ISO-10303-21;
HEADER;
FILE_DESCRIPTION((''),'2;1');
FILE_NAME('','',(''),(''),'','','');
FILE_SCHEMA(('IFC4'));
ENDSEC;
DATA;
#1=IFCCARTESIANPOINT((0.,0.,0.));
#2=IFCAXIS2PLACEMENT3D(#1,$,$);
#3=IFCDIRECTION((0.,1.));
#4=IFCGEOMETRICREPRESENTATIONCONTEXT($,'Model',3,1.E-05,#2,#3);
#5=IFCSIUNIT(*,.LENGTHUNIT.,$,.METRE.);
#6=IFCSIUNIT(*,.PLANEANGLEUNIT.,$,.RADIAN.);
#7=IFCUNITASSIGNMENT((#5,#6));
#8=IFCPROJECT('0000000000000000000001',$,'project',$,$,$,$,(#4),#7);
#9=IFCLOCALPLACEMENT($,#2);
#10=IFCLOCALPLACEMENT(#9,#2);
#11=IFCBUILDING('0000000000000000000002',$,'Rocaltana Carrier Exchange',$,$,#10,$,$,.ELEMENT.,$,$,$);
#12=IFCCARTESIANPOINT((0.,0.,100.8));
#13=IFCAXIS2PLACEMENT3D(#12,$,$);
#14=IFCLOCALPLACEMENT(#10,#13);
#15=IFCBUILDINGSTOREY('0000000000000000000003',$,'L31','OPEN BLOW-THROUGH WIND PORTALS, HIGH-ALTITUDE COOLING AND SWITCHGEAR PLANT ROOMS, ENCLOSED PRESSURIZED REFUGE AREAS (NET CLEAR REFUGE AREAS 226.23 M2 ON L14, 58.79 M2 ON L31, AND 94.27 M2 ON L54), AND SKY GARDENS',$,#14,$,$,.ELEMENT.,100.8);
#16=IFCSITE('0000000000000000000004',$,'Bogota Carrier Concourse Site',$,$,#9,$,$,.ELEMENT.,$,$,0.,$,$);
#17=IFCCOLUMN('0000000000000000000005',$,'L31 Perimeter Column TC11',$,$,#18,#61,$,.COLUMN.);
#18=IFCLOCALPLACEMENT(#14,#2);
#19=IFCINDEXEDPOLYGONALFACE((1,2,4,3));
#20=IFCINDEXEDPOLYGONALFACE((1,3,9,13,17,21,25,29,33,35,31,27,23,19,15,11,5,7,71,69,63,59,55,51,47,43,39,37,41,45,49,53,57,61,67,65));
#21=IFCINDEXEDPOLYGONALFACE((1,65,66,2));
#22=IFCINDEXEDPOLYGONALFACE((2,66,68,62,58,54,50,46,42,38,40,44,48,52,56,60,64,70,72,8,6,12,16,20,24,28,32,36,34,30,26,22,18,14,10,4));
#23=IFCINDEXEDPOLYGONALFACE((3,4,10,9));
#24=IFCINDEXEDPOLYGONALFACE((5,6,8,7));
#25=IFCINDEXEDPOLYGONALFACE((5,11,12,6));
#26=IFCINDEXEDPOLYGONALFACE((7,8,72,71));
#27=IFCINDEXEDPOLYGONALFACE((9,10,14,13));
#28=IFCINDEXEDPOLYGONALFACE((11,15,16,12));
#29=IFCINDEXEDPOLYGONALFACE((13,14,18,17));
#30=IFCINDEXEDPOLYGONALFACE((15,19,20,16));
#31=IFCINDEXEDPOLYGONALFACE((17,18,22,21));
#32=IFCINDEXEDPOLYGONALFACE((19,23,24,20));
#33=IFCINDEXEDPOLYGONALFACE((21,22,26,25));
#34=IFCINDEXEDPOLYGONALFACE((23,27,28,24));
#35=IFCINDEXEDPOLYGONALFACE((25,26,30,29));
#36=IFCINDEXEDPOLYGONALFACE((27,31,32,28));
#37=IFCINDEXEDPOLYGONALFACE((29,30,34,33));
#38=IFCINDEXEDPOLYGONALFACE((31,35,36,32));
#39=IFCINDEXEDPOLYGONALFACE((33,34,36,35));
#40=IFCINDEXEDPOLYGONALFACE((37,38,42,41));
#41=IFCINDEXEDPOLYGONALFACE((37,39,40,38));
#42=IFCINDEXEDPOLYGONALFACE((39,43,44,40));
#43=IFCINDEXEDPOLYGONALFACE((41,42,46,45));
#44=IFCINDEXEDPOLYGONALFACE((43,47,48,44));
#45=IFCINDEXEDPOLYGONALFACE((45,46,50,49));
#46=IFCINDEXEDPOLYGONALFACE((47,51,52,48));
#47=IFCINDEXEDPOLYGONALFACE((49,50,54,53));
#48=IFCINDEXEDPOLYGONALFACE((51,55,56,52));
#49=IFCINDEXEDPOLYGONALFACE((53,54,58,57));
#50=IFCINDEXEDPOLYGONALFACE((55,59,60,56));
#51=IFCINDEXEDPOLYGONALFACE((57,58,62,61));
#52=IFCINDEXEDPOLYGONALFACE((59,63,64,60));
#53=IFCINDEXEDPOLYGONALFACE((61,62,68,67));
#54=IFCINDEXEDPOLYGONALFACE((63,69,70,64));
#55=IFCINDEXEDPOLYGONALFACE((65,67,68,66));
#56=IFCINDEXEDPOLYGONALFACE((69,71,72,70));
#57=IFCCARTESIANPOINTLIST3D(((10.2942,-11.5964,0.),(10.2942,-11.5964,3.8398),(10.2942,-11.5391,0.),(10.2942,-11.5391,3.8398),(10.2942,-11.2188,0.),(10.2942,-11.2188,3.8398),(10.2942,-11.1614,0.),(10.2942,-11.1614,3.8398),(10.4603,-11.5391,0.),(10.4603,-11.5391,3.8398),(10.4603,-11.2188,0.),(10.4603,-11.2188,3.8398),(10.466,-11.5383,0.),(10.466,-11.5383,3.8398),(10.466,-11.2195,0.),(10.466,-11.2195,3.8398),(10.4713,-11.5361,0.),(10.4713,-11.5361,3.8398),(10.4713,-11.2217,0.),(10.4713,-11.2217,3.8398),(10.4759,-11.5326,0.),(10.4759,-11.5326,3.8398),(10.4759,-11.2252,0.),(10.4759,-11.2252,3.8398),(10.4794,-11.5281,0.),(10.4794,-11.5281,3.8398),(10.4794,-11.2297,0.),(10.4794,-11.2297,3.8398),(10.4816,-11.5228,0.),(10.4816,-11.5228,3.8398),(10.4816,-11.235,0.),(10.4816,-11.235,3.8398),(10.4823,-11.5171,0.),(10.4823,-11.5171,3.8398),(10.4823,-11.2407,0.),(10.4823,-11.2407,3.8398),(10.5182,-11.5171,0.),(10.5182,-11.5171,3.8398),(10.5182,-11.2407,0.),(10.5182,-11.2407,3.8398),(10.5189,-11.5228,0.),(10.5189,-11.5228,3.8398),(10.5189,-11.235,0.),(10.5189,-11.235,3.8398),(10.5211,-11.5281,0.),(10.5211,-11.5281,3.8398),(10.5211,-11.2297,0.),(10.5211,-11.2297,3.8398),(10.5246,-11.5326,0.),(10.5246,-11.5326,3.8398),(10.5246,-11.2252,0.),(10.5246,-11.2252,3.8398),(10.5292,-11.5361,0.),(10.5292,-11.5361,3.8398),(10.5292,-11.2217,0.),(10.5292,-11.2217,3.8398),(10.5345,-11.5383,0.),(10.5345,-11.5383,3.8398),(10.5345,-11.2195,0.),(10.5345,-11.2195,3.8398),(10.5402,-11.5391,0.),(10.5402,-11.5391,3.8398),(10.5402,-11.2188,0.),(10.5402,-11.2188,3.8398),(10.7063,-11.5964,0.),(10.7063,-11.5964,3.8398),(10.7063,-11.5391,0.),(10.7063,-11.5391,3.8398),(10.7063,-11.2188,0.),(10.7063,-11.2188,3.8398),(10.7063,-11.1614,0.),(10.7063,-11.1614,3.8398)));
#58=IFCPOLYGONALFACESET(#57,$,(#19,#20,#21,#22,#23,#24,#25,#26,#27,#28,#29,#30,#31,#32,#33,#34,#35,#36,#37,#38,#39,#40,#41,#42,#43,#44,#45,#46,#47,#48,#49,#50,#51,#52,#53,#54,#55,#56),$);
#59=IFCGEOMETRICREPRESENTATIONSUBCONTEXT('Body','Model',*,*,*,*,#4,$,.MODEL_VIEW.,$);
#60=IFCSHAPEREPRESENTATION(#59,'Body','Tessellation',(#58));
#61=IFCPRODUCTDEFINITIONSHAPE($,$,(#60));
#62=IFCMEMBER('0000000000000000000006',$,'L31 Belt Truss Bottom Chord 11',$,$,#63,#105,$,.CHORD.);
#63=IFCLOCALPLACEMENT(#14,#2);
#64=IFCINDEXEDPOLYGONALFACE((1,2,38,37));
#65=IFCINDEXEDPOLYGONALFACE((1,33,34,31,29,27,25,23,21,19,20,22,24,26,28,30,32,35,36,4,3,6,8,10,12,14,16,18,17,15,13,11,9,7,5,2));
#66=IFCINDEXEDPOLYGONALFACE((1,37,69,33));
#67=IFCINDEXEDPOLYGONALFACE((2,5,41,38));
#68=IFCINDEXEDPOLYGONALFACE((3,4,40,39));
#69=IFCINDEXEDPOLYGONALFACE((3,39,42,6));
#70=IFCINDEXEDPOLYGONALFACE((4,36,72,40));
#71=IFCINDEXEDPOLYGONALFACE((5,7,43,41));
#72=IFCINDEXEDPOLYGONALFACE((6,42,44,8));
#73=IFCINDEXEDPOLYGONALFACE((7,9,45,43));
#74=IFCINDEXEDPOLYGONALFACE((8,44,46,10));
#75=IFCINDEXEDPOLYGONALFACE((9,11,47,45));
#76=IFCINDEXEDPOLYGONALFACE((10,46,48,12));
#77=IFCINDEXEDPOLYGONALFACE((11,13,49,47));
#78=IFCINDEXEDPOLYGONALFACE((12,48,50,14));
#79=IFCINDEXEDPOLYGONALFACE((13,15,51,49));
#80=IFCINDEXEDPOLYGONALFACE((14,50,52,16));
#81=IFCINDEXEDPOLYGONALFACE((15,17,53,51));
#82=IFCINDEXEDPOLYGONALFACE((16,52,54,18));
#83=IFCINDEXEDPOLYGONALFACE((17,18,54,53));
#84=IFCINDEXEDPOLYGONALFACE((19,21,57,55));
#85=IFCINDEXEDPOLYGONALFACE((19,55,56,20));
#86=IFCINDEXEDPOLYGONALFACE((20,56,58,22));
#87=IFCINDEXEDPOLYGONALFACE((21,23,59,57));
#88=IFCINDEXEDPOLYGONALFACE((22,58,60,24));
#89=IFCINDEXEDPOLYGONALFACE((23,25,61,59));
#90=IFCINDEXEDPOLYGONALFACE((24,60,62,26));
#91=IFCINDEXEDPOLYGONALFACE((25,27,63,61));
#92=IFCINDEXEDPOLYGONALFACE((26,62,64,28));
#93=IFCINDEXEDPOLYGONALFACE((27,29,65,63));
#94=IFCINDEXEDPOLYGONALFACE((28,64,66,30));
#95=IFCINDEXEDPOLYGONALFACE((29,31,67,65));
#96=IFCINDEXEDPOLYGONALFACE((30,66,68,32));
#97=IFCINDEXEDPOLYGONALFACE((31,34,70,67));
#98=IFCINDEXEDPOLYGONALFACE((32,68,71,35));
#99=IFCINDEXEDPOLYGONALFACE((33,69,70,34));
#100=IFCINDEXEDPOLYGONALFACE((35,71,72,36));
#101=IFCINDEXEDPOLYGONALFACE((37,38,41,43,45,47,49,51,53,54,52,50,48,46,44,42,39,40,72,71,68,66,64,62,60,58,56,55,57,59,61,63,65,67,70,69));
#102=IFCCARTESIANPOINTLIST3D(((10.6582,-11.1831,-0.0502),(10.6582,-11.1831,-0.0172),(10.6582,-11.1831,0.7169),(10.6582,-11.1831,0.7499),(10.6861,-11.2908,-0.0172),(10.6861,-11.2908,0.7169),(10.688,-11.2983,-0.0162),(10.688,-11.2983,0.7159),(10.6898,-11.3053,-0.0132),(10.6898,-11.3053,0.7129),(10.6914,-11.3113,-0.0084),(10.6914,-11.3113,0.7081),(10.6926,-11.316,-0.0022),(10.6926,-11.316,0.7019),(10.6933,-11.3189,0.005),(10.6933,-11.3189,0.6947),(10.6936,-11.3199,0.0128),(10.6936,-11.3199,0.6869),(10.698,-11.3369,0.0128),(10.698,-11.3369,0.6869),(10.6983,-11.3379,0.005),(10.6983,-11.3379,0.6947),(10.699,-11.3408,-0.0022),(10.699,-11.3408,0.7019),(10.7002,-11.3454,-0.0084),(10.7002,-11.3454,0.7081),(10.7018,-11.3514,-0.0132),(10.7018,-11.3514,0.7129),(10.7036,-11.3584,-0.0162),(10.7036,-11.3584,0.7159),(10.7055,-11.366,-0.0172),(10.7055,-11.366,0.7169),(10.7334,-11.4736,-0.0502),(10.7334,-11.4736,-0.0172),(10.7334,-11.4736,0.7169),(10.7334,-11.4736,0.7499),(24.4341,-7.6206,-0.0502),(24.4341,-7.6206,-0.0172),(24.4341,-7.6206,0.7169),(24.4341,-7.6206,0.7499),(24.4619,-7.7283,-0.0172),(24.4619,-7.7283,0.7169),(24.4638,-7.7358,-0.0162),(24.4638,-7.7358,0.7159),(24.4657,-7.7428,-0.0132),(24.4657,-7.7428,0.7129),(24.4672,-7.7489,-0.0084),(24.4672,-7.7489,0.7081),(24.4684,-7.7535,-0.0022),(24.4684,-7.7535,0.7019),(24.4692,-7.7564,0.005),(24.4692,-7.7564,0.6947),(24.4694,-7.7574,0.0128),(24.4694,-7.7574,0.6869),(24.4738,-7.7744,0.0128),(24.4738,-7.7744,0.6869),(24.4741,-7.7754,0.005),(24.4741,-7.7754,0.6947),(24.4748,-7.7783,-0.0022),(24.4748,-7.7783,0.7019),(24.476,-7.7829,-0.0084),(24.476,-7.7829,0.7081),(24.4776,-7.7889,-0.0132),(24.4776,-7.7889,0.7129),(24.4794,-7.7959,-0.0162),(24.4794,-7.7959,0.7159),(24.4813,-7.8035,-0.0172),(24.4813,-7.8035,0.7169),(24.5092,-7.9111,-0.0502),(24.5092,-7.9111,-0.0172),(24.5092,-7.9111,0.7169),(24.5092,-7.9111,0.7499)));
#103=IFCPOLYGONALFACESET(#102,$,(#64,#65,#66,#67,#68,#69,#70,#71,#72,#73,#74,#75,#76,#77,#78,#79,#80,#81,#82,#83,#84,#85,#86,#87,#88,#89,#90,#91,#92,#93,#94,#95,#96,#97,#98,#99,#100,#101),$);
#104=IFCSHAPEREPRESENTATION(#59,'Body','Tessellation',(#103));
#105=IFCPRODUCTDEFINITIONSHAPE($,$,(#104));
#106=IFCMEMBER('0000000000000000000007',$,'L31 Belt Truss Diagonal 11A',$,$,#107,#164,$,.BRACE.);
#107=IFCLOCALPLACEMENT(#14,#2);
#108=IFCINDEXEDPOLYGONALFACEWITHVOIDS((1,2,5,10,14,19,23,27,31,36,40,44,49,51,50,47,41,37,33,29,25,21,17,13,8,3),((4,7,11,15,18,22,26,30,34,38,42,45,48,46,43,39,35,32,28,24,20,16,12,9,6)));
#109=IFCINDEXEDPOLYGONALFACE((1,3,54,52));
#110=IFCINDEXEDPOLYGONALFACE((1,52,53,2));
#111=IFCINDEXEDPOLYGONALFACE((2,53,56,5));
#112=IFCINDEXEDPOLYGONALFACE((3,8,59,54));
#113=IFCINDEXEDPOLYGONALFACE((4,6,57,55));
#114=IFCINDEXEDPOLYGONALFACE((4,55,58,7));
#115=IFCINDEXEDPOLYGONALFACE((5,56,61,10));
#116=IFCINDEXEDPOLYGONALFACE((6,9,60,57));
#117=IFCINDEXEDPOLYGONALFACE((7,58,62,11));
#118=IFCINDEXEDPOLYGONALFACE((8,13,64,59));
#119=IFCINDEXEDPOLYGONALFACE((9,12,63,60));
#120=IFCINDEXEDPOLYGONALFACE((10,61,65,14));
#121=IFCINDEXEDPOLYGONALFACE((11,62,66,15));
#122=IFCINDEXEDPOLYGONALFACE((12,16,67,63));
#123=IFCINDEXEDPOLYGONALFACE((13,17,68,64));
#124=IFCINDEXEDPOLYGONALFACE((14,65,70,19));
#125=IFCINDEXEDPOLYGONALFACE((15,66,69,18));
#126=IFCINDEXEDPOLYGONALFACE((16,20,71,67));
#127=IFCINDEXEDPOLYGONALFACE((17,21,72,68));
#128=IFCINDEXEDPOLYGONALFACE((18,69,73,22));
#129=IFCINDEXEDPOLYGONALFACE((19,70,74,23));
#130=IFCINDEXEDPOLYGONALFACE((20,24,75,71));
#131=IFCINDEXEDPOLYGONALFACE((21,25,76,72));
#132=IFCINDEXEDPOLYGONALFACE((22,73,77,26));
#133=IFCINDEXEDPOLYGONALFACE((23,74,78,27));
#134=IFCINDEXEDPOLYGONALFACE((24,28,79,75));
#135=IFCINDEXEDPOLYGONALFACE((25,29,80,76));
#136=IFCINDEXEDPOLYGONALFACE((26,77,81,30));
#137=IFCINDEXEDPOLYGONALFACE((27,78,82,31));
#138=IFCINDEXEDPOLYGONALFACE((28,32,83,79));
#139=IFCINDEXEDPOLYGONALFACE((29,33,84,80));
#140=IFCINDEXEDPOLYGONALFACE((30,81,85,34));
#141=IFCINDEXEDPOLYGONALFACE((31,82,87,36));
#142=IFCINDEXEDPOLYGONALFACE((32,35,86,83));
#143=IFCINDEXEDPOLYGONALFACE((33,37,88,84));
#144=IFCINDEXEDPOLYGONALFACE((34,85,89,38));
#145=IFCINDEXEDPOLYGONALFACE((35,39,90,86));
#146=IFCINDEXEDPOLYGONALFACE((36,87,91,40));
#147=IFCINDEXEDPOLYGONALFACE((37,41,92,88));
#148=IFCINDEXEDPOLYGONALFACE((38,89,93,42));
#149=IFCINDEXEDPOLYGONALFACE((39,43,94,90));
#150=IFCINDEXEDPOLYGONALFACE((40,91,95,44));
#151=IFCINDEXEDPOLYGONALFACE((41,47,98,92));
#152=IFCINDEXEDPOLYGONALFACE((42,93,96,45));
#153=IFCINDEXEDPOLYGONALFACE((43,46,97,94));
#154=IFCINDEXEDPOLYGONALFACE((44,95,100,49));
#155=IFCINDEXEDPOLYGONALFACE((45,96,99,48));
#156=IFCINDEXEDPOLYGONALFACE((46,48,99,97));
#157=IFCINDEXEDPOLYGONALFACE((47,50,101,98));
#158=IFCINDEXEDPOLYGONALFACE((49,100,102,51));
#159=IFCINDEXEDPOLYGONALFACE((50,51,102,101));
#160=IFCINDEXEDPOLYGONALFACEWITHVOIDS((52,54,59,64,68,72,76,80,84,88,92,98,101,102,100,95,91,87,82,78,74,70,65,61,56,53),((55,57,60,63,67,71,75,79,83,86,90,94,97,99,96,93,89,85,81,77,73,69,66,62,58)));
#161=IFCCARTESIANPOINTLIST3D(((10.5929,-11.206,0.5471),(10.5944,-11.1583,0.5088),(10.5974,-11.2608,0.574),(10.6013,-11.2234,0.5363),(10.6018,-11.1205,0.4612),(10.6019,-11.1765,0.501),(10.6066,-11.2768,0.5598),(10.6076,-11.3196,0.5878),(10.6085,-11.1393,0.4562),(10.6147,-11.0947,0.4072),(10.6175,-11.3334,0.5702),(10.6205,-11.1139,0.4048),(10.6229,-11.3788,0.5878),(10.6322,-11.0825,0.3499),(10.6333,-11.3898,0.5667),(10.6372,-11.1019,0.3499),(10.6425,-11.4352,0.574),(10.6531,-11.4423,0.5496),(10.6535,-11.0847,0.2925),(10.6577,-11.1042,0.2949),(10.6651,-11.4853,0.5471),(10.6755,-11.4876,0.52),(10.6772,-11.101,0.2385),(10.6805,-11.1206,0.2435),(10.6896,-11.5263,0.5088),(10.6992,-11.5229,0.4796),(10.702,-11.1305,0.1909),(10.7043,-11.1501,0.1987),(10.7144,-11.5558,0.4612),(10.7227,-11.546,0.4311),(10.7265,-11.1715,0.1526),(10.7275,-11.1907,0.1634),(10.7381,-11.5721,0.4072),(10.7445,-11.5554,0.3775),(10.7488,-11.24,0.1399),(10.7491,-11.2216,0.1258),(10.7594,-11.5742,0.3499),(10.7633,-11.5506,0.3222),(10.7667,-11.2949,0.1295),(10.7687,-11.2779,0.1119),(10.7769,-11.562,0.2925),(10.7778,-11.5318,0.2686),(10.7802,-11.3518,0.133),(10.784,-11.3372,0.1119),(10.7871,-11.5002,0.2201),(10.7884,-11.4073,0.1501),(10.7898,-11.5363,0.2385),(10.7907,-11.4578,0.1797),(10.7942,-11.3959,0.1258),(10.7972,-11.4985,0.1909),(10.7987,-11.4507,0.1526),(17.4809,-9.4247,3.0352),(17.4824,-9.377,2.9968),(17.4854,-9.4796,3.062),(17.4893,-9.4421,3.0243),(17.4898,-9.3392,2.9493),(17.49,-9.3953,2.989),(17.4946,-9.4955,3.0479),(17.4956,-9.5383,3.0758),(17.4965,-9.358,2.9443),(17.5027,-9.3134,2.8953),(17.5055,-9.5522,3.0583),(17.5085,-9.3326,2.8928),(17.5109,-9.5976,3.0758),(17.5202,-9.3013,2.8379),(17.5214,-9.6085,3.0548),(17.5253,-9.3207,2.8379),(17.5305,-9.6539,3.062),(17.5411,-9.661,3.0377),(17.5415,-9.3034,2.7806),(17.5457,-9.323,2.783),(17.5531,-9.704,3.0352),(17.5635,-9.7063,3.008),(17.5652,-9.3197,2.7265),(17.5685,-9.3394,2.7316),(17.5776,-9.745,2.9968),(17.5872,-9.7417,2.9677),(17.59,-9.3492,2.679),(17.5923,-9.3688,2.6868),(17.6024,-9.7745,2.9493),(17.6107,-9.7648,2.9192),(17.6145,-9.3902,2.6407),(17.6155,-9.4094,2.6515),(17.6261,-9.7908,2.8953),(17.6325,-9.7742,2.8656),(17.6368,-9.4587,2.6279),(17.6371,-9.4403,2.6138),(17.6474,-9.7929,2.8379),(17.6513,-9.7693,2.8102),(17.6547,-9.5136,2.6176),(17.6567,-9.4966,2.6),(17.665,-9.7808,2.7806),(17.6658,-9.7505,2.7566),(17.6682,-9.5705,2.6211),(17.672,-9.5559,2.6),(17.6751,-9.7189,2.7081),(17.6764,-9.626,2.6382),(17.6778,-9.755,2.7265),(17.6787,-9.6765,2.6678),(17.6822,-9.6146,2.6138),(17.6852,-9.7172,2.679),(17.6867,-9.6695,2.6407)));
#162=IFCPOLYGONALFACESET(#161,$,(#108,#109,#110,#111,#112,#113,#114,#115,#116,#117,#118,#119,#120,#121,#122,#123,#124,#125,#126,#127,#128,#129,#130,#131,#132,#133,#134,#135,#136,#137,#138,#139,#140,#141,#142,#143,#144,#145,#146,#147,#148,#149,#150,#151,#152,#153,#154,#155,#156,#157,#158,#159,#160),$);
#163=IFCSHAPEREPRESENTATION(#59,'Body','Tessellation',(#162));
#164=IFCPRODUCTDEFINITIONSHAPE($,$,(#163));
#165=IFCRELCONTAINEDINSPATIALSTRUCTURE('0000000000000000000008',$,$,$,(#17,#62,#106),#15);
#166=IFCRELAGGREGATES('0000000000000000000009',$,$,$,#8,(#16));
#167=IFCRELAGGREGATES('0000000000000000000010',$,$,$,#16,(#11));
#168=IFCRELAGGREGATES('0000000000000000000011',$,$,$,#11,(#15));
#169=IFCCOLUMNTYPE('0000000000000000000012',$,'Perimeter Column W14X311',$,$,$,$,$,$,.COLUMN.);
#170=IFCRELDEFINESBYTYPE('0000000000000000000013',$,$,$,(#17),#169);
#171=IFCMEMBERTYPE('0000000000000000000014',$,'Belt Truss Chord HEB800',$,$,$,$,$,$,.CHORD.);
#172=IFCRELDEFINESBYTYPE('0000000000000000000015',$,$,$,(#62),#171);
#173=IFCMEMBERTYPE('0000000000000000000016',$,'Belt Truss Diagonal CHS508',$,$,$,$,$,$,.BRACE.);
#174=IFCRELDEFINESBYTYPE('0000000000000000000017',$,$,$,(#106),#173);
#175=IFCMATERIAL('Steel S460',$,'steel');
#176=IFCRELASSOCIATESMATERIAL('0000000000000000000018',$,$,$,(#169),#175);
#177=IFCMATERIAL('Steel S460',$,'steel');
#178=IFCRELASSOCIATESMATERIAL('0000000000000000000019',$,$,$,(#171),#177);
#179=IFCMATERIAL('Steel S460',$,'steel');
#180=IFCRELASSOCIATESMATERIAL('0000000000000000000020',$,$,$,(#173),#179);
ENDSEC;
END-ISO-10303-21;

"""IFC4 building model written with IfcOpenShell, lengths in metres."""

from ifc_helpers import new_model, si_unit, direction, frame, origin, origin_2d, place, context, subcontext, project, spatial, hollow_circle, i_section, extrude, material, material_profile, profile_set, type_object, element, save


model = new_model("IFC4")

# Units and contexts
model_context = context("Model", 3, precision=1e-05, world=origin(), true_north=direction((0.0, 1.0)))
body_context = subcontext(model_context, "Body", "Model", "MODEL_VIEW")
ifc_project = project(units=[si_unit("LENGTHUNIT", "METRE"), si_unit("PLANEANGLEUNIT", "RADIAN")], contexts=[model_context])

# Site, building, storey
site_placement = place(None, origin())
site = spatial("IfcSite", under=ifc_project, at=site_placement, Name="Bogota Carrier Concourse Site", CompositionType="ELEMENT", RefElevation=0.0)
building_placement = place(site_placement, origin())
building = spatial("IfcBuilding", under=site, at=building_placement, Name="Rocaltana Carrier Exchange", CompositionType="ELEMENT")
storey_placement = place(building_placement, frame((0.0, 0.0, 100.8)))
storey = spatial("IfcBuildingStorey", under=building, at=storey_placement, Name="L31", Description="OPEN BLOW-THROUGH WIND PORTALS, HIGH-ALTITUDE COOLING AND SWITCHGEAR PLANT ROOMS, ENCLOSED PRESSURIZED REFUGE AREAS (NET CLEAR REFUGE AREAS 226.23 M2 ON L14, 58.79 M2 ON L31, AND 94.27 M2 ON L54), AND SKY GARDENS", CompositionType="ELEMENT", Elevation=100.8)

# Column
ifc_material_1 = material(Name="Steel S460", Category="steel")
ifc_material_profile_1 = material_profile(ifc_material_1, i_section(OverallWidth=0.4121, OverallDepth=0.4351, WebThickness=0.0359, FlangeThickness=0.0574, FilletRadius=0.022, at=origin_2d()), Name="W14X311")
ifc_profile_set_1 = profile_set([ifc_material_profile_1], Name="Steel S460")
column_type = type_object("IfcColumnType", Name="Perimeter Column W14X311", PredefinedType="COLUMN", material=ifc_profile_set_1)
column_placement = place(storey_placement, frame((10.5002, -11.3789, 0.0), z_axis=(0.0, 0.0, 1.0), x_axis=(1.0, 0.0, 0.0)))
element("IfcColumn", 1, at=column_placement, inside=storey, type_object=column_type, Name="L31 Perimeter Column TC11", PredefinedType="COLUMN", context=body_context, shape_type="SweptSolid", body=[
    extrude(i_section(OverallWidth=0.4121, OverallDepth=0.4351, WebThickness=0.0359, FlangeThickness=0.0574, FilletRadius=0.022, at=origin_2d()), origin(), (0.0, 0.0, 1.0), 3.8398),
])

# Members
ifc_material_2 = material(Name="Steel S460", Category="steel")
ifc_material_profile_2 = material_profile(ifc_material_2, i_section(OverallWidth=0.3, OverallDepth=0.8, WebThickness=0.0176, FlangeThickness=0.033, FilletRadius=0.03, at=origin_2d()), Name="HEB800")
ifc_profile_set_2 = profile_set([ifc_material_profile_2], Name="Steel S460")
member_type_1 = type_object("IfcMemberType", Name="Belt Truss Chord HEB800", PredefinedType="CHORD", material=ifc_profile_set_2)
member_1_placement = place(storey_placement, frame((10.6958, -11.3284, 0.3499), z_axis=(0.968151, 0.250368, 0.0), x_axis=(-0.250368, 0.968151, 0.0)))
element("IfcMember", 2, at=member_1_placement, inside=storey, type_object=member_type_1, Name="L31 Belt Truss Bottom Chord 11", PredefinedType="CHORD", context=body_context, shape_type="SweptSolid", body=[
    extrude(i_section(OverallWidth=0.3, OverallDepth=0.8, WebThickness=0.0176, FlangeThickness=0.033, FilletRadius=0.03, at=origin_2d()), origin(), (0.0, 0.0, 1.0), 14.229),
])
ifc_material_3 = material(Name="Steel S460", Category="steel")
ifc_material_profile_3 = material_profile(ifc_material_3, hollow_circle(Radius=0.2539, WallThickness=0.02, at=origin_2d()), Name="CHS508X20")
ifc_profile_set_3 = profile_set([ifc_material_profile_3], Name="Steel S460")
member_type_2 = type_object("IfcMemberType", Name="Belt Truss Diagonal CHS508", PredefinedType="BRACE", material=ifc_profile_set_3)
for number, where, z_axis, x_axis, name in (
    (3, (10.6958, -11.3284, 0.3499), (0.913879, 0.236333, 0.330108), (-0.250368, 0.968151, 0.0), "L31 Belt Truss Diagonal 11A"),
):
    element("IfcMember", number, at=place(storey_placement, frame(where, z_axis=z_axis, x_axis=x_axis)), inside=storey, type_object=member_type_2, Name=name, PredefinedType="BRACE", context=body_context, shape_type="SweptSolid", body=[
        extrude(hollow_circle(Radius=0.2539, WallThickness=0.02, at=origin_2d()), origin(), (0.0, 0.0, 1.0), 7.5371),
    ])

save(model, "model.ifc")
